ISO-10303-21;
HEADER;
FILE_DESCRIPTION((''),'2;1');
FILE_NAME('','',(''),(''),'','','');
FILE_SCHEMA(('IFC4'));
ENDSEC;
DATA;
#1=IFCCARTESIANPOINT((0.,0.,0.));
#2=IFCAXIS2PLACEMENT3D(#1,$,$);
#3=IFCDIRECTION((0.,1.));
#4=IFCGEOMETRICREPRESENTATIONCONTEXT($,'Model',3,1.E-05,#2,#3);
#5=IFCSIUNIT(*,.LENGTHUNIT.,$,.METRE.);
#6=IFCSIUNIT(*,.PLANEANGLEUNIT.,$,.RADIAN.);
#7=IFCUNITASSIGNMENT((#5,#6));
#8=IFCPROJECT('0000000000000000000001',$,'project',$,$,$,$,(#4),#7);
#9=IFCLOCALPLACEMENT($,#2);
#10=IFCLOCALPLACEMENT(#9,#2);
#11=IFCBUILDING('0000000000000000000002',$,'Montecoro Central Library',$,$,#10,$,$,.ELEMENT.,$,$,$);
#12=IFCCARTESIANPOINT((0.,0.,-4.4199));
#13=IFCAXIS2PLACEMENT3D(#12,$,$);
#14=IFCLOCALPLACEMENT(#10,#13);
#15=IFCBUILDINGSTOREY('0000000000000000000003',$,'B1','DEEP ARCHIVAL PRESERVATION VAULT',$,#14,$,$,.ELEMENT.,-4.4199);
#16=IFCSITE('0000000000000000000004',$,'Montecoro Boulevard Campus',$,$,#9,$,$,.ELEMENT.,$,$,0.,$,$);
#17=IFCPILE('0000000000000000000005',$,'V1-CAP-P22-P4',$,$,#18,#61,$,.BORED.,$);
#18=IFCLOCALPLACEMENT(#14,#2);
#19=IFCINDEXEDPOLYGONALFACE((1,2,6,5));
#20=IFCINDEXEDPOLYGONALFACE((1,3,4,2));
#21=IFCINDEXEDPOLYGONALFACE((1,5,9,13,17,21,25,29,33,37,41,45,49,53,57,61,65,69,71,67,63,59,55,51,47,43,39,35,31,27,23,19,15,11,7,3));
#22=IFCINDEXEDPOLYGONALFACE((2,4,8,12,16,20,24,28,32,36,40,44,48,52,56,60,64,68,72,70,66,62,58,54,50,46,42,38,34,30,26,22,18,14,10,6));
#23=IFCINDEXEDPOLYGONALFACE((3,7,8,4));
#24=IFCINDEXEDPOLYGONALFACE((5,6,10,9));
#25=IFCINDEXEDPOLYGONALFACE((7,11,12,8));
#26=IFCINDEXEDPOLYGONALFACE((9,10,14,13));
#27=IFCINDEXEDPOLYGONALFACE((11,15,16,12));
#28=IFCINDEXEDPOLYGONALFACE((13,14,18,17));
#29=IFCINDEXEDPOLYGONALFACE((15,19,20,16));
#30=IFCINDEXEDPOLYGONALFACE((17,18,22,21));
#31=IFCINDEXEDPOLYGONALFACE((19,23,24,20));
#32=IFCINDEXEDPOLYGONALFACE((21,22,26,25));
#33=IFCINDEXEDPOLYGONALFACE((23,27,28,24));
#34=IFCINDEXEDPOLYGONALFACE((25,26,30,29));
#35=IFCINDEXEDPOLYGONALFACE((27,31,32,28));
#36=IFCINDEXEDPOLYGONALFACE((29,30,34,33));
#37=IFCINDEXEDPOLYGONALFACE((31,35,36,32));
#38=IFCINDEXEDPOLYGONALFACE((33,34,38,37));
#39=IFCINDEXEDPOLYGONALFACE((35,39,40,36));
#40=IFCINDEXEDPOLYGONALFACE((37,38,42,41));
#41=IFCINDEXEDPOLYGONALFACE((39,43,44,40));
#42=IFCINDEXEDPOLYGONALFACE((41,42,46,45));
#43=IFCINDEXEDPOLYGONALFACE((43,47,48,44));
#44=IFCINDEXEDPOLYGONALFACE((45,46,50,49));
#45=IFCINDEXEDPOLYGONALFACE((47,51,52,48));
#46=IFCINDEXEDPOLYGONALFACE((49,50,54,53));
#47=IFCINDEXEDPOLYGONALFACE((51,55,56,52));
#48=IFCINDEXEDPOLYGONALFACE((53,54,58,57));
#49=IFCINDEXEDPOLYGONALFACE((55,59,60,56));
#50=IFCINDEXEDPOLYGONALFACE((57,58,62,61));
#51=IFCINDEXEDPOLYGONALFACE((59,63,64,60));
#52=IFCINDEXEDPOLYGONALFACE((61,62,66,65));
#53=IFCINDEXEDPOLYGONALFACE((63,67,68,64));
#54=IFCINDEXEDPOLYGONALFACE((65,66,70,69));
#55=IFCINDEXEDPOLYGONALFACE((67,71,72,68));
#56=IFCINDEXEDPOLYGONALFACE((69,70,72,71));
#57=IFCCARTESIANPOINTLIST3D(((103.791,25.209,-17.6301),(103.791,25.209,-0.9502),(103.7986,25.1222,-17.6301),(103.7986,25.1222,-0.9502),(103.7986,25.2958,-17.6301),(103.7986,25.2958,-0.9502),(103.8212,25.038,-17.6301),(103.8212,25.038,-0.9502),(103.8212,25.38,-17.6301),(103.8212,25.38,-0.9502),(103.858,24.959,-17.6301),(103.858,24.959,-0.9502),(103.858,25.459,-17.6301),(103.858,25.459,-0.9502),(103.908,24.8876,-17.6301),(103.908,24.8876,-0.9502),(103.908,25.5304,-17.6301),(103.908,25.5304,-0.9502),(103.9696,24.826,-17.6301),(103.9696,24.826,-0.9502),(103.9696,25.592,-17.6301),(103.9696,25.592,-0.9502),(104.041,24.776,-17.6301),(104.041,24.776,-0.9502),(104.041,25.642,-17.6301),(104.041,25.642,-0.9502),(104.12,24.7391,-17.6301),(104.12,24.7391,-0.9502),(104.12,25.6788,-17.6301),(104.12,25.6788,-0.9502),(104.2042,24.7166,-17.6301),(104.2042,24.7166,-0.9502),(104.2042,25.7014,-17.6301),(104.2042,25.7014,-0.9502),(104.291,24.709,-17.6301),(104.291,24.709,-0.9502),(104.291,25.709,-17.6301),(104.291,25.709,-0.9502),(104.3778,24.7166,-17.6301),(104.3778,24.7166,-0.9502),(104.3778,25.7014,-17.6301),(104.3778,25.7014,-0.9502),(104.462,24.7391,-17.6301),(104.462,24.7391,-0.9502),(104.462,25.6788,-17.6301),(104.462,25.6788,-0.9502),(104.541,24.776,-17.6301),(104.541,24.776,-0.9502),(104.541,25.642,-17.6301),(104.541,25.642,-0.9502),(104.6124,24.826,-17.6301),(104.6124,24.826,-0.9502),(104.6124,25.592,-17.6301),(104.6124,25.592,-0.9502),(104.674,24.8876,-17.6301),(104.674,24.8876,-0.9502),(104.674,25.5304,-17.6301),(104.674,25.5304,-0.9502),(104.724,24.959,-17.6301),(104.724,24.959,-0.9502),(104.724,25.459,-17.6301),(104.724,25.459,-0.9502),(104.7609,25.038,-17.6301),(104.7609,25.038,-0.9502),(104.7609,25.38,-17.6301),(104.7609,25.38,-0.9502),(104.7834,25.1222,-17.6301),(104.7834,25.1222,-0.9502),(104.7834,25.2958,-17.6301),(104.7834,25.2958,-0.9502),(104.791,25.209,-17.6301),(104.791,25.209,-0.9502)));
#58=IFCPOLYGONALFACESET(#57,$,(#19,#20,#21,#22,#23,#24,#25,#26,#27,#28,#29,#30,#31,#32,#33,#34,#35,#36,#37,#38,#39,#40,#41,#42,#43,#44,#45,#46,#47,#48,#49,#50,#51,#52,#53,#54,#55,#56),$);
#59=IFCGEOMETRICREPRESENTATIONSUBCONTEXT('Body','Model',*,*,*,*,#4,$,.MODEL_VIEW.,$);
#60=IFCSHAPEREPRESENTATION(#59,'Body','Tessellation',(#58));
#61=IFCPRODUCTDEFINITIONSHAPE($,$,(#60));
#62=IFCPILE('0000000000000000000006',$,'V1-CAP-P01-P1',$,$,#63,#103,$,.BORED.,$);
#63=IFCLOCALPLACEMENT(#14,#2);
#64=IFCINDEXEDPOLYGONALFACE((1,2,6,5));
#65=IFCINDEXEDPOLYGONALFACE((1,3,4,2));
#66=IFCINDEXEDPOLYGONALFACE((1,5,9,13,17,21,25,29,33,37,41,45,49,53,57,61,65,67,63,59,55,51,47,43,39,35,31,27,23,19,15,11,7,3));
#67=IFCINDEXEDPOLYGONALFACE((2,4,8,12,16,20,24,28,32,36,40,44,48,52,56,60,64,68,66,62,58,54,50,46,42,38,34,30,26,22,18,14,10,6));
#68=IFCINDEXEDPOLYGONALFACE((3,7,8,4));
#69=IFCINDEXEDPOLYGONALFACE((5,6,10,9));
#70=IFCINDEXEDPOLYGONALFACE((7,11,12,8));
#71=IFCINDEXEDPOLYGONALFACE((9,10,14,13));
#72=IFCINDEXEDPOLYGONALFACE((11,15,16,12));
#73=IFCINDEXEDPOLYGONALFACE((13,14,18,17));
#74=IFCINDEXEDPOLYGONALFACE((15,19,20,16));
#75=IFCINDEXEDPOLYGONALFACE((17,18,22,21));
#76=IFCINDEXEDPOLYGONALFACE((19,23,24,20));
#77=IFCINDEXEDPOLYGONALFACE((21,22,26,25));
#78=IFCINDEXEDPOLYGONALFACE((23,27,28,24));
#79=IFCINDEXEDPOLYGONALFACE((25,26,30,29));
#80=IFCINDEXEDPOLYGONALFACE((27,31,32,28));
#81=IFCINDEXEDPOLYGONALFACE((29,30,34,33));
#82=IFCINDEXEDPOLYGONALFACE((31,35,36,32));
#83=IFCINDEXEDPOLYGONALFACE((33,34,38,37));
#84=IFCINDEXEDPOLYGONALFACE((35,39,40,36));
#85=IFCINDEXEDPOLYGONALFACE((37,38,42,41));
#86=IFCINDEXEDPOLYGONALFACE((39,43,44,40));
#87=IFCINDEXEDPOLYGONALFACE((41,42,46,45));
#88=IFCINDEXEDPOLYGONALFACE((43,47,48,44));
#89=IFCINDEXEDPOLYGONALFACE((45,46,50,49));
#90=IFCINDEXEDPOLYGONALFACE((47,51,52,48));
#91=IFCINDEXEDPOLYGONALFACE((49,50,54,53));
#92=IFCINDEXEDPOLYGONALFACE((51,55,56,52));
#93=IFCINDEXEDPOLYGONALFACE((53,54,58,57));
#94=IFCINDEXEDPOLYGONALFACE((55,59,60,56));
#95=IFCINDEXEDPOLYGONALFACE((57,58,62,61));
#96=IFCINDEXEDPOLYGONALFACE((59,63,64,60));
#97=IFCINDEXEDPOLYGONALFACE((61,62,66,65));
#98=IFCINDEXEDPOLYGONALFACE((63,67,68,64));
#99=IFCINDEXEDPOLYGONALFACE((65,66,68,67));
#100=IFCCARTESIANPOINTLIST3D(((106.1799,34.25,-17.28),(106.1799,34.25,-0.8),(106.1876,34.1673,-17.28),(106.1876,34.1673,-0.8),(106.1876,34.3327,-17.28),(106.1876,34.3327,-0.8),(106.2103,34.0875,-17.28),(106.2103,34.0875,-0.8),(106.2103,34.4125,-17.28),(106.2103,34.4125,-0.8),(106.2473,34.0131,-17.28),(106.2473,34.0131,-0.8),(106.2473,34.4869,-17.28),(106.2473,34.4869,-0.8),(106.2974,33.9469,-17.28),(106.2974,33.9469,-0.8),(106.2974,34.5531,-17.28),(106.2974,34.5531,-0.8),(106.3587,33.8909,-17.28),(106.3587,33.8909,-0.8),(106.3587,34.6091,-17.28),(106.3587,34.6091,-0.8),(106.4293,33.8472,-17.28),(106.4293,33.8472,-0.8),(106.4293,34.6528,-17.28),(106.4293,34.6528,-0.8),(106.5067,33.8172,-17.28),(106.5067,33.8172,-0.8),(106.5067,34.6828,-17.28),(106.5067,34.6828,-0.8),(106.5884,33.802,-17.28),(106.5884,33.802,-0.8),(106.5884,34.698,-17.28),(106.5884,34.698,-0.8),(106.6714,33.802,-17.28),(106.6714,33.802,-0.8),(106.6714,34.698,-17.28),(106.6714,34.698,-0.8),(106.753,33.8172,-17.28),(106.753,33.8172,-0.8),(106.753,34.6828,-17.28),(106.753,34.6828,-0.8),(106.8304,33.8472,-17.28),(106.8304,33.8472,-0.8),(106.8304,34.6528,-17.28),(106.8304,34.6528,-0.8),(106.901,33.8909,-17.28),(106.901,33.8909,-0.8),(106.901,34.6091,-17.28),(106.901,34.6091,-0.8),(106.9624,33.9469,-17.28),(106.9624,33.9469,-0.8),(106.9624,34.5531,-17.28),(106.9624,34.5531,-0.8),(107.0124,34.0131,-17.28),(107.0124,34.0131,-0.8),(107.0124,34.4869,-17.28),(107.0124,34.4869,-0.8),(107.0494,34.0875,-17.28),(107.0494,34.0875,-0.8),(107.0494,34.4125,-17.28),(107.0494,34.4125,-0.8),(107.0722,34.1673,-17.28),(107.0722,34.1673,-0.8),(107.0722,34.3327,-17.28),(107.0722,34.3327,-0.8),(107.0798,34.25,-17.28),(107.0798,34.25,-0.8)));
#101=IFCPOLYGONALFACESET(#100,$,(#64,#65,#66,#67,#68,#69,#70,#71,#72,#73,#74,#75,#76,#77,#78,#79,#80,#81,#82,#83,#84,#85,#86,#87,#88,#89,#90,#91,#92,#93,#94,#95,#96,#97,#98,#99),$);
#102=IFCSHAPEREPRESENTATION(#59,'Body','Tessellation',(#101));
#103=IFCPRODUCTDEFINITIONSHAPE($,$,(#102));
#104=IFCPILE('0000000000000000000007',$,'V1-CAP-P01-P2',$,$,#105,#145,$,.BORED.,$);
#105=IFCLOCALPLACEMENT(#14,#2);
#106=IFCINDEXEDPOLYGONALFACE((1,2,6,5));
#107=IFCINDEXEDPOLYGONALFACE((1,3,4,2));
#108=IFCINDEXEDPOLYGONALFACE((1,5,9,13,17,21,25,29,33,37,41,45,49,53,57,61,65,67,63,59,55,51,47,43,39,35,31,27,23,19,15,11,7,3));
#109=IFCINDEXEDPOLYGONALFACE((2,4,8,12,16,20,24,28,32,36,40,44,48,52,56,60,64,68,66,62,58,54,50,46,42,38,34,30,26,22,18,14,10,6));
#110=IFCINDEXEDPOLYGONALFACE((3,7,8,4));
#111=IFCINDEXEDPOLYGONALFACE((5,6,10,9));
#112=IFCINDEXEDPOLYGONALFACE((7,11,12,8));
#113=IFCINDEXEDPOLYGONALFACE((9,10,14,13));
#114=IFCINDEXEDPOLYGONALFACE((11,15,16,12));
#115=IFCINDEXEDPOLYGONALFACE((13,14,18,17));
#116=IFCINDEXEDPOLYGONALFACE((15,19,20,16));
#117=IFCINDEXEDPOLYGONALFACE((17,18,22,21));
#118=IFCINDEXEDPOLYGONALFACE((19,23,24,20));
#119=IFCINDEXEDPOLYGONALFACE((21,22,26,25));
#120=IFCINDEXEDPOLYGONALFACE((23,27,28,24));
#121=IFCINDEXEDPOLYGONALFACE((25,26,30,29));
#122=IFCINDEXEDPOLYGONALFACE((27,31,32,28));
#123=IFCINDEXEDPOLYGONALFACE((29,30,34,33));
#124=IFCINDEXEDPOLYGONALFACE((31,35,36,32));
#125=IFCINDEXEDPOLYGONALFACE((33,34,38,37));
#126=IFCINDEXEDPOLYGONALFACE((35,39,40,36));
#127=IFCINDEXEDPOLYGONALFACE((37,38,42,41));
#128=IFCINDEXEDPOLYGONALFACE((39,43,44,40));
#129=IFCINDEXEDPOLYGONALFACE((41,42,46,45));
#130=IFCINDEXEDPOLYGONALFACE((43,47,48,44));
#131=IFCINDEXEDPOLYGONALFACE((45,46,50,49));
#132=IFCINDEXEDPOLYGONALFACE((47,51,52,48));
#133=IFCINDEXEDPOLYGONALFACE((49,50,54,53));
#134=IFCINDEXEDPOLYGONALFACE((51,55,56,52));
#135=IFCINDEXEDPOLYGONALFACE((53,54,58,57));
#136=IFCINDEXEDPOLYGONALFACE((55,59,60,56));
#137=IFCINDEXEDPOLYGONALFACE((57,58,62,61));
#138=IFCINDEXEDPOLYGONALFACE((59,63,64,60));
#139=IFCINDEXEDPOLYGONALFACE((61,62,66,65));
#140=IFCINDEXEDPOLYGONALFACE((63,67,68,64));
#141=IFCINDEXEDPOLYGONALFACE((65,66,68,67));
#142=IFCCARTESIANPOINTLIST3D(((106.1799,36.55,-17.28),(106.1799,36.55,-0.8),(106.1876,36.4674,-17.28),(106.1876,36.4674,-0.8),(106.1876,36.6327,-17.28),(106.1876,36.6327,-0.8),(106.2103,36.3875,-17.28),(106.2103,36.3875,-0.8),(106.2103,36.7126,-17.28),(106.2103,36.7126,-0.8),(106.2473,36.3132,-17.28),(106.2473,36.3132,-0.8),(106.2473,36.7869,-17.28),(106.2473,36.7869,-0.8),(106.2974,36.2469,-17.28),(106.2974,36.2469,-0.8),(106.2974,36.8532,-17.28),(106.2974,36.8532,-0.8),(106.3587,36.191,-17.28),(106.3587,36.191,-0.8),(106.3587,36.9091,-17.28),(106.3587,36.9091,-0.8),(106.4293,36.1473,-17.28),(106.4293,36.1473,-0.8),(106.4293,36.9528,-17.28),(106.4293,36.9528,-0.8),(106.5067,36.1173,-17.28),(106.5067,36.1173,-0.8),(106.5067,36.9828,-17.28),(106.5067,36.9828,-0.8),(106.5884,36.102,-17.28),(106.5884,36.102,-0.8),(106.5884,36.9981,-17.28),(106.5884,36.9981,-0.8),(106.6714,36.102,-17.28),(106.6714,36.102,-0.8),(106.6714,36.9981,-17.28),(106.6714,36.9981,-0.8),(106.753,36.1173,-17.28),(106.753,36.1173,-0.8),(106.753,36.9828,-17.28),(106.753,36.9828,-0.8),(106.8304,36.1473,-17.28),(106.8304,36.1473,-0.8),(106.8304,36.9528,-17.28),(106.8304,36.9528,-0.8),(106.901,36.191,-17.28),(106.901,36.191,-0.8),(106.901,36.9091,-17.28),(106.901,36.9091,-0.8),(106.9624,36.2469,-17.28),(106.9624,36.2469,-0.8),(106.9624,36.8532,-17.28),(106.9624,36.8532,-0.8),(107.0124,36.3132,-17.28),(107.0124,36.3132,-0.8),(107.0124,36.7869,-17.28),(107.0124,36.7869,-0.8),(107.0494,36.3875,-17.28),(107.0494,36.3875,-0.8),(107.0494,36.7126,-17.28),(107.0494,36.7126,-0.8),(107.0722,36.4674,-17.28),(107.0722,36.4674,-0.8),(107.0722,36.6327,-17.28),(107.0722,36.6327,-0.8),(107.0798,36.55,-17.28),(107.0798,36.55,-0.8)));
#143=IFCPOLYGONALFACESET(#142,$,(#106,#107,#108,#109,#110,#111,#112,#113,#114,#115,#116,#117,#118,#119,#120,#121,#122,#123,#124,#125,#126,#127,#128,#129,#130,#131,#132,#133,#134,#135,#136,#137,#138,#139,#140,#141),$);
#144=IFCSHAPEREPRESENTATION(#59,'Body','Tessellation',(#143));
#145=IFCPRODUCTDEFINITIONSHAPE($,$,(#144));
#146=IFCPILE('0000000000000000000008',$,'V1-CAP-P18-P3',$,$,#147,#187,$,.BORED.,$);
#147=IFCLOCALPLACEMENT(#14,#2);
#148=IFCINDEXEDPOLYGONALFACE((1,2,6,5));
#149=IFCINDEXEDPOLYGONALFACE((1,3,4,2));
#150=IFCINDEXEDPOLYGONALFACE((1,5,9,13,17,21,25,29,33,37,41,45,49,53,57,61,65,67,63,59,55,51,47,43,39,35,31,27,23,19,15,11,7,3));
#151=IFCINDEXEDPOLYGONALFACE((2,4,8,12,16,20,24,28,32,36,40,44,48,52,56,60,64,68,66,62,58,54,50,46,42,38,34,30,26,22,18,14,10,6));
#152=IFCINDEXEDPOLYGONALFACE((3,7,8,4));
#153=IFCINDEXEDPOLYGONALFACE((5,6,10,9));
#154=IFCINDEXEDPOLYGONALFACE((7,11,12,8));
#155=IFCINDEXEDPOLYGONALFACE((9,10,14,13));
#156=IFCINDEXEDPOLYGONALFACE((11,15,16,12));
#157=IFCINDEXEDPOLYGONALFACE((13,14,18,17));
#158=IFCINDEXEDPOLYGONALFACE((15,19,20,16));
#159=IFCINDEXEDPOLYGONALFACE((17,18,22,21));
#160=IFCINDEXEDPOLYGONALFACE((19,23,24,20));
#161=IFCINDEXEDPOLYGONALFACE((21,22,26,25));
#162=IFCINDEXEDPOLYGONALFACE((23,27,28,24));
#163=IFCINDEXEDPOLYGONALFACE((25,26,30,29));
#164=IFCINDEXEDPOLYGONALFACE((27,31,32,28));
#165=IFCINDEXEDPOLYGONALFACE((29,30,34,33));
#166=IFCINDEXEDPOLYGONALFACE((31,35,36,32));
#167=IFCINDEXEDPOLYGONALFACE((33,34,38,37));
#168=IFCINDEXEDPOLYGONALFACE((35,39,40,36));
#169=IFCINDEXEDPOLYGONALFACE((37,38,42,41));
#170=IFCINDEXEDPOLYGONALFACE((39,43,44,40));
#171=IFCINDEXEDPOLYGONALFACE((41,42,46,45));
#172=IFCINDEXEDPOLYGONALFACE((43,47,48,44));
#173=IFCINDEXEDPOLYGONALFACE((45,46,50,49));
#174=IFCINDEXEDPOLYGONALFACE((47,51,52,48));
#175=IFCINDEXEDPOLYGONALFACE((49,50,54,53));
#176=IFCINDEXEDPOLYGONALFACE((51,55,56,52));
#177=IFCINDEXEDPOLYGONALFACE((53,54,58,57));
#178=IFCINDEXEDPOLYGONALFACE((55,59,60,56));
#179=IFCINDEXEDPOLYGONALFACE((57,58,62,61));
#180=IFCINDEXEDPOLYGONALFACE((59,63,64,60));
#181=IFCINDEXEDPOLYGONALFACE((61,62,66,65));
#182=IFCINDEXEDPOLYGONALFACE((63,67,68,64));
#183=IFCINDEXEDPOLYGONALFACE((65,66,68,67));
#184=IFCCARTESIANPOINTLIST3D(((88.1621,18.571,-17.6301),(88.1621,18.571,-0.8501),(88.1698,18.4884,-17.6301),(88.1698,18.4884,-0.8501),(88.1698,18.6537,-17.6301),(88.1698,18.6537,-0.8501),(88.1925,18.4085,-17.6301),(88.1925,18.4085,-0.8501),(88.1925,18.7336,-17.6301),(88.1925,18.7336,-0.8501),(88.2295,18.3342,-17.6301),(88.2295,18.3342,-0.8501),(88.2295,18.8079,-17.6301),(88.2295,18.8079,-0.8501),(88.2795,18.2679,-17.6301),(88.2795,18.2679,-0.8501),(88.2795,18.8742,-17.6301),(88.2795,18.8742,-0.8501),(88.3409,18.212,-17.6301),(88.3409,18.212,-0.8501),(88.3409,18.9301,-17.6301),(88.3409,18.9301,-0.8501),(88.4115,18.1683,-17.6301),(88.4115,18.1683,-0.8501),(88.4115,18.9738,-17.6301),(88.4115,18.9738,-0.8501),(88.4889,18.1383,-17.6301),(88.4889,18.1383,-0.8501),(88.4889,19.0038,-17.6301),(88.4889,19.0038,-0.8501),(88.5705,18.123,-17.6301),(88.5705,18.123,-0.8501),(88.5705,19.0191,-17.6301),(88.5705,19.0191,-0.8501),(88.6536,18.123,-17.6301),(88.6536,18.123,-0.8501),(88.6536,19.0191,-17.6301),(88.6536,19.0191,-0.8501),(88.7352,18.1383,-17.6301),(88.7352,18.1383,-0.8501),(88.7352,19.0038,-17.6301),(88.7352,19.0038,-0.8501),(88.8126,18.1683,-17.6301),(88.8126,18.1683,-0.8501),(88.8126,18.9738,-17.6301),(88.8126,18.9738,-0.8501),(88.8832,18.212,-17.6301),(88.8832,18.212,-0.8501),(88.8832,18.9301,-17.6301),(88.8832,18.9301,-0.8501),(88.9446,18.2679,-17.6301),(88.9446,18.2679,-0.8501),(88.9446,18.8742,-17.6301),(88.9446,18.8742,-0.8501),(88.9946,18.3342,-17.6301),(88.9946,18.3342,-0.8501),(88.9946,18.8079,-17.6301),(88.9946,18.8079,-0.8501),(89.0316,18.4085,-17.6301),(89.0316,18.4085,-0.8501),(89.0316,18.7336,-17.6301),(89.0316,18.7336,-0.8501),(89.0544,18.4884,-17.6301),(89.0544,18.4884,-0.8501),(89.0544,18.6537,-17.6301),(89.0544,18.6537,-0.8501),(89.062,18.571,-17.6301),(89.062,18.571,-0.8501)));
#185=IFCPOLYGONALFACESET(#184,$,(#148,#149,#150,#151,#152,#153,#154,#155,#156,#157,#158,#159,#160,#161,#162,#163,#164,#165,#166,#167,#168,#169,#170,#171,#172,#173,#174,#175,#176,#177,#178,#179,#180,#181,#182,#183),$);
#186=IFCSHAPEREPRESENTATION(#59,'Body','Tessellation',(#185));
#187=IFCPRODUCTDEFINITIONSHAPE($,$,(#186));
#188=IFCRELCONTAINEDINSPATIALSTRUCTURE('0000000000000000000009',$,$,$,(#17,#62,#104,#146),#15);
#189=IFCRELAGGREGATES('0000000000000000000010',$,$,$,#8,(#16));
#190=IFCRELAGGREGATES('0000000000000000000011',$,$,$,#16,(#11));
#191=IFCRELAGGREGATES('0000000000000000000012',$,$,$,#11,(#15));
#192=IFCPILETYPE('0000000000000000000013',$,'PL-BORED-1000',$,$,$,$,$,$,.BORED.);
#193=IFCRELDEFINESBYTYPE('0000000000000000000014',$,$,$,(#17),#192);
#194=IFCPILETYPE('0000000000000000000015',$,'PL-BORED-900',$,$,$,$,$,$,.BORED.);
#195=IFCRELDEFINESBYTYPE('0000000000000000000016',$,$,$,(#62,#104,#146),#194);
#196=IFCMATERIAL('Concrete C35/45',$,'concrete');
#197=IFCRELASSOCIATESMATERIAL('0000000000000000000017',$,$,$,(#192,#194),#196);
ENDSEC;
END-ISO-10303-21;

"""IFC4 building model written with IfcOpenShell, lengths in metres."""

from ifc_helpers import new_model, si_unit, direction, frame, origin, origin_2d, place, context, subcontext, project, spatial, circle, extrude, material, material_profile, profile_set, type_object, element, save


model = new_model("IFC4")

# Units and contexts
model_context = context("Model", 3, precision=1e-05, world=origin(), true_north=direction((0.0, 1.0)))
body_context = subcontext(model_context, "Body", "Model", "MODEL_VIEW")
ifc_project = project(units=[si_unit("LENGTHUNIT", "METRE"), si_unit("PLANEANGLEUNIT", "RADIAN")], contexts=[model_context])

# Site, building, storey
site_placement = place(None, origin())
site = spatial("IfcSite", under=ifc_project, at=site_placement, Name="Montecoro Boulevard Campus", CompositionType="ELEMENT", RefElevation=0.0)
building_placement = place(site_placement, origin())
building = spatial("IfcBuilding", under=site, at=building_placement, Name="Montecoro Central Library", CompositionType="ELEMENT")
storey_placement = place(building_placement, frame((0.0, 0.0, -4.4199)))
storey = spatial("IfcBuildingStorey", under=building, at=storey_placement, Name="B1", Description="DEEP ARCHIVAL PRESERVATION VAULT", CompositionType="ELEMENT", Elevation=-4.4199)

# Shared definitions
ifc_material_1 = material(Name="Concrete C35/45", Category="concrete")

# Piles
ifc_material_profile_1 = material_profile(ifc_material_1, circle(Radius=0.5, at=origin_2d()), Name="PILE D1000")
ifc_profile_set_1 = profile_set([ifc_material_profile_1], Name="Concrete C35/45")
pile_type_1 = type_object("IfcPileType", Name="PL-BORED-1000", PredefinedType="BORED", material=ifc_profile_set_1)
for number, where, z_axis, x_axis, name in (
    (1, (104.291, 25.209, -0.9502), (0.0, 0.0, -1.0), (1.0, 0.0, 0.0), "V1-CAP-P22-P4"),
):
    element("IfcPile", number, at=place(storey_placement, frame(where, z_axis=z_axis, x_axis=x_axis)), inside=storey, type_object=pile_type_1, Name=name, PredefinedType="BORED", context=body_context, shape_type="SweptSolid", body=[
        extrude(circle(Radius=0.5, at=origin_2d()), origin(), (0.0, 0.0, 1.0), 16.6799),
    ])
ifc_material_profile_2 = material_profile(ifc_material_1, circle(Radius=0.45, at=origin_2d()), Name="PILE D900")
ifc_profile_set_2 = profile_set([ifc_material_profile_2], Name="Concrete C35/45")
pile_type_2 = type_object("IfcPileType", Name="PL-BORED-900", PredefinedType="BORED", material=ifc_profile_set_2)
for number, where, z_axis, x_axis, name in (
    (2, (106.6299, 34.25, -0.8), (0.0, 0.0, -1.0), (1.0, 0.0, 0.0), "V1-CAP-P01-P1"),
    (3, (106.6299, 36.55, -0.8), (0.0, 0.0, -1.0), (1.0, 0.0, 0.0), "V1-CAP-P01-P2"),
):
    element("IfcPile", number, at=place(storey_placement, frame(where, z_axis=z_axis, x_axis=x_axis)), inside=storey, type_object=pile_type_2, Name=name, PredefinedType="BORED", context=body_context, shape_type="SweptSolid", body=[
        extrude(circle(Radius=0.45, at=origin_2d()), origin(), (0.0, 0.0, 1.0), 16.48),
    ])
for number, where, z_axis, x_axis, name in (
    (4, (88.6121, 18.571, -0.8501), (0.0, 0.0, -1.0), (1.0, 0.0, 0.0), "V1-CAP-P18-P3"),
):
    element("IfcPile", number, at=place(storey_placement, frame(where, z_axis=z_axis, x_axis=x_axis)), inside=storey, type_object=pile_type_2, Name=name, PredefinedType="BORED", context=body_context, shape_type="SweptSolid", body=[
        extrude(circle(Radius=0.45, at=origin_2d()), origin(), (0.0, 0.0, 1.0), 16.78),
    ])

save(model, "model.ifc")
